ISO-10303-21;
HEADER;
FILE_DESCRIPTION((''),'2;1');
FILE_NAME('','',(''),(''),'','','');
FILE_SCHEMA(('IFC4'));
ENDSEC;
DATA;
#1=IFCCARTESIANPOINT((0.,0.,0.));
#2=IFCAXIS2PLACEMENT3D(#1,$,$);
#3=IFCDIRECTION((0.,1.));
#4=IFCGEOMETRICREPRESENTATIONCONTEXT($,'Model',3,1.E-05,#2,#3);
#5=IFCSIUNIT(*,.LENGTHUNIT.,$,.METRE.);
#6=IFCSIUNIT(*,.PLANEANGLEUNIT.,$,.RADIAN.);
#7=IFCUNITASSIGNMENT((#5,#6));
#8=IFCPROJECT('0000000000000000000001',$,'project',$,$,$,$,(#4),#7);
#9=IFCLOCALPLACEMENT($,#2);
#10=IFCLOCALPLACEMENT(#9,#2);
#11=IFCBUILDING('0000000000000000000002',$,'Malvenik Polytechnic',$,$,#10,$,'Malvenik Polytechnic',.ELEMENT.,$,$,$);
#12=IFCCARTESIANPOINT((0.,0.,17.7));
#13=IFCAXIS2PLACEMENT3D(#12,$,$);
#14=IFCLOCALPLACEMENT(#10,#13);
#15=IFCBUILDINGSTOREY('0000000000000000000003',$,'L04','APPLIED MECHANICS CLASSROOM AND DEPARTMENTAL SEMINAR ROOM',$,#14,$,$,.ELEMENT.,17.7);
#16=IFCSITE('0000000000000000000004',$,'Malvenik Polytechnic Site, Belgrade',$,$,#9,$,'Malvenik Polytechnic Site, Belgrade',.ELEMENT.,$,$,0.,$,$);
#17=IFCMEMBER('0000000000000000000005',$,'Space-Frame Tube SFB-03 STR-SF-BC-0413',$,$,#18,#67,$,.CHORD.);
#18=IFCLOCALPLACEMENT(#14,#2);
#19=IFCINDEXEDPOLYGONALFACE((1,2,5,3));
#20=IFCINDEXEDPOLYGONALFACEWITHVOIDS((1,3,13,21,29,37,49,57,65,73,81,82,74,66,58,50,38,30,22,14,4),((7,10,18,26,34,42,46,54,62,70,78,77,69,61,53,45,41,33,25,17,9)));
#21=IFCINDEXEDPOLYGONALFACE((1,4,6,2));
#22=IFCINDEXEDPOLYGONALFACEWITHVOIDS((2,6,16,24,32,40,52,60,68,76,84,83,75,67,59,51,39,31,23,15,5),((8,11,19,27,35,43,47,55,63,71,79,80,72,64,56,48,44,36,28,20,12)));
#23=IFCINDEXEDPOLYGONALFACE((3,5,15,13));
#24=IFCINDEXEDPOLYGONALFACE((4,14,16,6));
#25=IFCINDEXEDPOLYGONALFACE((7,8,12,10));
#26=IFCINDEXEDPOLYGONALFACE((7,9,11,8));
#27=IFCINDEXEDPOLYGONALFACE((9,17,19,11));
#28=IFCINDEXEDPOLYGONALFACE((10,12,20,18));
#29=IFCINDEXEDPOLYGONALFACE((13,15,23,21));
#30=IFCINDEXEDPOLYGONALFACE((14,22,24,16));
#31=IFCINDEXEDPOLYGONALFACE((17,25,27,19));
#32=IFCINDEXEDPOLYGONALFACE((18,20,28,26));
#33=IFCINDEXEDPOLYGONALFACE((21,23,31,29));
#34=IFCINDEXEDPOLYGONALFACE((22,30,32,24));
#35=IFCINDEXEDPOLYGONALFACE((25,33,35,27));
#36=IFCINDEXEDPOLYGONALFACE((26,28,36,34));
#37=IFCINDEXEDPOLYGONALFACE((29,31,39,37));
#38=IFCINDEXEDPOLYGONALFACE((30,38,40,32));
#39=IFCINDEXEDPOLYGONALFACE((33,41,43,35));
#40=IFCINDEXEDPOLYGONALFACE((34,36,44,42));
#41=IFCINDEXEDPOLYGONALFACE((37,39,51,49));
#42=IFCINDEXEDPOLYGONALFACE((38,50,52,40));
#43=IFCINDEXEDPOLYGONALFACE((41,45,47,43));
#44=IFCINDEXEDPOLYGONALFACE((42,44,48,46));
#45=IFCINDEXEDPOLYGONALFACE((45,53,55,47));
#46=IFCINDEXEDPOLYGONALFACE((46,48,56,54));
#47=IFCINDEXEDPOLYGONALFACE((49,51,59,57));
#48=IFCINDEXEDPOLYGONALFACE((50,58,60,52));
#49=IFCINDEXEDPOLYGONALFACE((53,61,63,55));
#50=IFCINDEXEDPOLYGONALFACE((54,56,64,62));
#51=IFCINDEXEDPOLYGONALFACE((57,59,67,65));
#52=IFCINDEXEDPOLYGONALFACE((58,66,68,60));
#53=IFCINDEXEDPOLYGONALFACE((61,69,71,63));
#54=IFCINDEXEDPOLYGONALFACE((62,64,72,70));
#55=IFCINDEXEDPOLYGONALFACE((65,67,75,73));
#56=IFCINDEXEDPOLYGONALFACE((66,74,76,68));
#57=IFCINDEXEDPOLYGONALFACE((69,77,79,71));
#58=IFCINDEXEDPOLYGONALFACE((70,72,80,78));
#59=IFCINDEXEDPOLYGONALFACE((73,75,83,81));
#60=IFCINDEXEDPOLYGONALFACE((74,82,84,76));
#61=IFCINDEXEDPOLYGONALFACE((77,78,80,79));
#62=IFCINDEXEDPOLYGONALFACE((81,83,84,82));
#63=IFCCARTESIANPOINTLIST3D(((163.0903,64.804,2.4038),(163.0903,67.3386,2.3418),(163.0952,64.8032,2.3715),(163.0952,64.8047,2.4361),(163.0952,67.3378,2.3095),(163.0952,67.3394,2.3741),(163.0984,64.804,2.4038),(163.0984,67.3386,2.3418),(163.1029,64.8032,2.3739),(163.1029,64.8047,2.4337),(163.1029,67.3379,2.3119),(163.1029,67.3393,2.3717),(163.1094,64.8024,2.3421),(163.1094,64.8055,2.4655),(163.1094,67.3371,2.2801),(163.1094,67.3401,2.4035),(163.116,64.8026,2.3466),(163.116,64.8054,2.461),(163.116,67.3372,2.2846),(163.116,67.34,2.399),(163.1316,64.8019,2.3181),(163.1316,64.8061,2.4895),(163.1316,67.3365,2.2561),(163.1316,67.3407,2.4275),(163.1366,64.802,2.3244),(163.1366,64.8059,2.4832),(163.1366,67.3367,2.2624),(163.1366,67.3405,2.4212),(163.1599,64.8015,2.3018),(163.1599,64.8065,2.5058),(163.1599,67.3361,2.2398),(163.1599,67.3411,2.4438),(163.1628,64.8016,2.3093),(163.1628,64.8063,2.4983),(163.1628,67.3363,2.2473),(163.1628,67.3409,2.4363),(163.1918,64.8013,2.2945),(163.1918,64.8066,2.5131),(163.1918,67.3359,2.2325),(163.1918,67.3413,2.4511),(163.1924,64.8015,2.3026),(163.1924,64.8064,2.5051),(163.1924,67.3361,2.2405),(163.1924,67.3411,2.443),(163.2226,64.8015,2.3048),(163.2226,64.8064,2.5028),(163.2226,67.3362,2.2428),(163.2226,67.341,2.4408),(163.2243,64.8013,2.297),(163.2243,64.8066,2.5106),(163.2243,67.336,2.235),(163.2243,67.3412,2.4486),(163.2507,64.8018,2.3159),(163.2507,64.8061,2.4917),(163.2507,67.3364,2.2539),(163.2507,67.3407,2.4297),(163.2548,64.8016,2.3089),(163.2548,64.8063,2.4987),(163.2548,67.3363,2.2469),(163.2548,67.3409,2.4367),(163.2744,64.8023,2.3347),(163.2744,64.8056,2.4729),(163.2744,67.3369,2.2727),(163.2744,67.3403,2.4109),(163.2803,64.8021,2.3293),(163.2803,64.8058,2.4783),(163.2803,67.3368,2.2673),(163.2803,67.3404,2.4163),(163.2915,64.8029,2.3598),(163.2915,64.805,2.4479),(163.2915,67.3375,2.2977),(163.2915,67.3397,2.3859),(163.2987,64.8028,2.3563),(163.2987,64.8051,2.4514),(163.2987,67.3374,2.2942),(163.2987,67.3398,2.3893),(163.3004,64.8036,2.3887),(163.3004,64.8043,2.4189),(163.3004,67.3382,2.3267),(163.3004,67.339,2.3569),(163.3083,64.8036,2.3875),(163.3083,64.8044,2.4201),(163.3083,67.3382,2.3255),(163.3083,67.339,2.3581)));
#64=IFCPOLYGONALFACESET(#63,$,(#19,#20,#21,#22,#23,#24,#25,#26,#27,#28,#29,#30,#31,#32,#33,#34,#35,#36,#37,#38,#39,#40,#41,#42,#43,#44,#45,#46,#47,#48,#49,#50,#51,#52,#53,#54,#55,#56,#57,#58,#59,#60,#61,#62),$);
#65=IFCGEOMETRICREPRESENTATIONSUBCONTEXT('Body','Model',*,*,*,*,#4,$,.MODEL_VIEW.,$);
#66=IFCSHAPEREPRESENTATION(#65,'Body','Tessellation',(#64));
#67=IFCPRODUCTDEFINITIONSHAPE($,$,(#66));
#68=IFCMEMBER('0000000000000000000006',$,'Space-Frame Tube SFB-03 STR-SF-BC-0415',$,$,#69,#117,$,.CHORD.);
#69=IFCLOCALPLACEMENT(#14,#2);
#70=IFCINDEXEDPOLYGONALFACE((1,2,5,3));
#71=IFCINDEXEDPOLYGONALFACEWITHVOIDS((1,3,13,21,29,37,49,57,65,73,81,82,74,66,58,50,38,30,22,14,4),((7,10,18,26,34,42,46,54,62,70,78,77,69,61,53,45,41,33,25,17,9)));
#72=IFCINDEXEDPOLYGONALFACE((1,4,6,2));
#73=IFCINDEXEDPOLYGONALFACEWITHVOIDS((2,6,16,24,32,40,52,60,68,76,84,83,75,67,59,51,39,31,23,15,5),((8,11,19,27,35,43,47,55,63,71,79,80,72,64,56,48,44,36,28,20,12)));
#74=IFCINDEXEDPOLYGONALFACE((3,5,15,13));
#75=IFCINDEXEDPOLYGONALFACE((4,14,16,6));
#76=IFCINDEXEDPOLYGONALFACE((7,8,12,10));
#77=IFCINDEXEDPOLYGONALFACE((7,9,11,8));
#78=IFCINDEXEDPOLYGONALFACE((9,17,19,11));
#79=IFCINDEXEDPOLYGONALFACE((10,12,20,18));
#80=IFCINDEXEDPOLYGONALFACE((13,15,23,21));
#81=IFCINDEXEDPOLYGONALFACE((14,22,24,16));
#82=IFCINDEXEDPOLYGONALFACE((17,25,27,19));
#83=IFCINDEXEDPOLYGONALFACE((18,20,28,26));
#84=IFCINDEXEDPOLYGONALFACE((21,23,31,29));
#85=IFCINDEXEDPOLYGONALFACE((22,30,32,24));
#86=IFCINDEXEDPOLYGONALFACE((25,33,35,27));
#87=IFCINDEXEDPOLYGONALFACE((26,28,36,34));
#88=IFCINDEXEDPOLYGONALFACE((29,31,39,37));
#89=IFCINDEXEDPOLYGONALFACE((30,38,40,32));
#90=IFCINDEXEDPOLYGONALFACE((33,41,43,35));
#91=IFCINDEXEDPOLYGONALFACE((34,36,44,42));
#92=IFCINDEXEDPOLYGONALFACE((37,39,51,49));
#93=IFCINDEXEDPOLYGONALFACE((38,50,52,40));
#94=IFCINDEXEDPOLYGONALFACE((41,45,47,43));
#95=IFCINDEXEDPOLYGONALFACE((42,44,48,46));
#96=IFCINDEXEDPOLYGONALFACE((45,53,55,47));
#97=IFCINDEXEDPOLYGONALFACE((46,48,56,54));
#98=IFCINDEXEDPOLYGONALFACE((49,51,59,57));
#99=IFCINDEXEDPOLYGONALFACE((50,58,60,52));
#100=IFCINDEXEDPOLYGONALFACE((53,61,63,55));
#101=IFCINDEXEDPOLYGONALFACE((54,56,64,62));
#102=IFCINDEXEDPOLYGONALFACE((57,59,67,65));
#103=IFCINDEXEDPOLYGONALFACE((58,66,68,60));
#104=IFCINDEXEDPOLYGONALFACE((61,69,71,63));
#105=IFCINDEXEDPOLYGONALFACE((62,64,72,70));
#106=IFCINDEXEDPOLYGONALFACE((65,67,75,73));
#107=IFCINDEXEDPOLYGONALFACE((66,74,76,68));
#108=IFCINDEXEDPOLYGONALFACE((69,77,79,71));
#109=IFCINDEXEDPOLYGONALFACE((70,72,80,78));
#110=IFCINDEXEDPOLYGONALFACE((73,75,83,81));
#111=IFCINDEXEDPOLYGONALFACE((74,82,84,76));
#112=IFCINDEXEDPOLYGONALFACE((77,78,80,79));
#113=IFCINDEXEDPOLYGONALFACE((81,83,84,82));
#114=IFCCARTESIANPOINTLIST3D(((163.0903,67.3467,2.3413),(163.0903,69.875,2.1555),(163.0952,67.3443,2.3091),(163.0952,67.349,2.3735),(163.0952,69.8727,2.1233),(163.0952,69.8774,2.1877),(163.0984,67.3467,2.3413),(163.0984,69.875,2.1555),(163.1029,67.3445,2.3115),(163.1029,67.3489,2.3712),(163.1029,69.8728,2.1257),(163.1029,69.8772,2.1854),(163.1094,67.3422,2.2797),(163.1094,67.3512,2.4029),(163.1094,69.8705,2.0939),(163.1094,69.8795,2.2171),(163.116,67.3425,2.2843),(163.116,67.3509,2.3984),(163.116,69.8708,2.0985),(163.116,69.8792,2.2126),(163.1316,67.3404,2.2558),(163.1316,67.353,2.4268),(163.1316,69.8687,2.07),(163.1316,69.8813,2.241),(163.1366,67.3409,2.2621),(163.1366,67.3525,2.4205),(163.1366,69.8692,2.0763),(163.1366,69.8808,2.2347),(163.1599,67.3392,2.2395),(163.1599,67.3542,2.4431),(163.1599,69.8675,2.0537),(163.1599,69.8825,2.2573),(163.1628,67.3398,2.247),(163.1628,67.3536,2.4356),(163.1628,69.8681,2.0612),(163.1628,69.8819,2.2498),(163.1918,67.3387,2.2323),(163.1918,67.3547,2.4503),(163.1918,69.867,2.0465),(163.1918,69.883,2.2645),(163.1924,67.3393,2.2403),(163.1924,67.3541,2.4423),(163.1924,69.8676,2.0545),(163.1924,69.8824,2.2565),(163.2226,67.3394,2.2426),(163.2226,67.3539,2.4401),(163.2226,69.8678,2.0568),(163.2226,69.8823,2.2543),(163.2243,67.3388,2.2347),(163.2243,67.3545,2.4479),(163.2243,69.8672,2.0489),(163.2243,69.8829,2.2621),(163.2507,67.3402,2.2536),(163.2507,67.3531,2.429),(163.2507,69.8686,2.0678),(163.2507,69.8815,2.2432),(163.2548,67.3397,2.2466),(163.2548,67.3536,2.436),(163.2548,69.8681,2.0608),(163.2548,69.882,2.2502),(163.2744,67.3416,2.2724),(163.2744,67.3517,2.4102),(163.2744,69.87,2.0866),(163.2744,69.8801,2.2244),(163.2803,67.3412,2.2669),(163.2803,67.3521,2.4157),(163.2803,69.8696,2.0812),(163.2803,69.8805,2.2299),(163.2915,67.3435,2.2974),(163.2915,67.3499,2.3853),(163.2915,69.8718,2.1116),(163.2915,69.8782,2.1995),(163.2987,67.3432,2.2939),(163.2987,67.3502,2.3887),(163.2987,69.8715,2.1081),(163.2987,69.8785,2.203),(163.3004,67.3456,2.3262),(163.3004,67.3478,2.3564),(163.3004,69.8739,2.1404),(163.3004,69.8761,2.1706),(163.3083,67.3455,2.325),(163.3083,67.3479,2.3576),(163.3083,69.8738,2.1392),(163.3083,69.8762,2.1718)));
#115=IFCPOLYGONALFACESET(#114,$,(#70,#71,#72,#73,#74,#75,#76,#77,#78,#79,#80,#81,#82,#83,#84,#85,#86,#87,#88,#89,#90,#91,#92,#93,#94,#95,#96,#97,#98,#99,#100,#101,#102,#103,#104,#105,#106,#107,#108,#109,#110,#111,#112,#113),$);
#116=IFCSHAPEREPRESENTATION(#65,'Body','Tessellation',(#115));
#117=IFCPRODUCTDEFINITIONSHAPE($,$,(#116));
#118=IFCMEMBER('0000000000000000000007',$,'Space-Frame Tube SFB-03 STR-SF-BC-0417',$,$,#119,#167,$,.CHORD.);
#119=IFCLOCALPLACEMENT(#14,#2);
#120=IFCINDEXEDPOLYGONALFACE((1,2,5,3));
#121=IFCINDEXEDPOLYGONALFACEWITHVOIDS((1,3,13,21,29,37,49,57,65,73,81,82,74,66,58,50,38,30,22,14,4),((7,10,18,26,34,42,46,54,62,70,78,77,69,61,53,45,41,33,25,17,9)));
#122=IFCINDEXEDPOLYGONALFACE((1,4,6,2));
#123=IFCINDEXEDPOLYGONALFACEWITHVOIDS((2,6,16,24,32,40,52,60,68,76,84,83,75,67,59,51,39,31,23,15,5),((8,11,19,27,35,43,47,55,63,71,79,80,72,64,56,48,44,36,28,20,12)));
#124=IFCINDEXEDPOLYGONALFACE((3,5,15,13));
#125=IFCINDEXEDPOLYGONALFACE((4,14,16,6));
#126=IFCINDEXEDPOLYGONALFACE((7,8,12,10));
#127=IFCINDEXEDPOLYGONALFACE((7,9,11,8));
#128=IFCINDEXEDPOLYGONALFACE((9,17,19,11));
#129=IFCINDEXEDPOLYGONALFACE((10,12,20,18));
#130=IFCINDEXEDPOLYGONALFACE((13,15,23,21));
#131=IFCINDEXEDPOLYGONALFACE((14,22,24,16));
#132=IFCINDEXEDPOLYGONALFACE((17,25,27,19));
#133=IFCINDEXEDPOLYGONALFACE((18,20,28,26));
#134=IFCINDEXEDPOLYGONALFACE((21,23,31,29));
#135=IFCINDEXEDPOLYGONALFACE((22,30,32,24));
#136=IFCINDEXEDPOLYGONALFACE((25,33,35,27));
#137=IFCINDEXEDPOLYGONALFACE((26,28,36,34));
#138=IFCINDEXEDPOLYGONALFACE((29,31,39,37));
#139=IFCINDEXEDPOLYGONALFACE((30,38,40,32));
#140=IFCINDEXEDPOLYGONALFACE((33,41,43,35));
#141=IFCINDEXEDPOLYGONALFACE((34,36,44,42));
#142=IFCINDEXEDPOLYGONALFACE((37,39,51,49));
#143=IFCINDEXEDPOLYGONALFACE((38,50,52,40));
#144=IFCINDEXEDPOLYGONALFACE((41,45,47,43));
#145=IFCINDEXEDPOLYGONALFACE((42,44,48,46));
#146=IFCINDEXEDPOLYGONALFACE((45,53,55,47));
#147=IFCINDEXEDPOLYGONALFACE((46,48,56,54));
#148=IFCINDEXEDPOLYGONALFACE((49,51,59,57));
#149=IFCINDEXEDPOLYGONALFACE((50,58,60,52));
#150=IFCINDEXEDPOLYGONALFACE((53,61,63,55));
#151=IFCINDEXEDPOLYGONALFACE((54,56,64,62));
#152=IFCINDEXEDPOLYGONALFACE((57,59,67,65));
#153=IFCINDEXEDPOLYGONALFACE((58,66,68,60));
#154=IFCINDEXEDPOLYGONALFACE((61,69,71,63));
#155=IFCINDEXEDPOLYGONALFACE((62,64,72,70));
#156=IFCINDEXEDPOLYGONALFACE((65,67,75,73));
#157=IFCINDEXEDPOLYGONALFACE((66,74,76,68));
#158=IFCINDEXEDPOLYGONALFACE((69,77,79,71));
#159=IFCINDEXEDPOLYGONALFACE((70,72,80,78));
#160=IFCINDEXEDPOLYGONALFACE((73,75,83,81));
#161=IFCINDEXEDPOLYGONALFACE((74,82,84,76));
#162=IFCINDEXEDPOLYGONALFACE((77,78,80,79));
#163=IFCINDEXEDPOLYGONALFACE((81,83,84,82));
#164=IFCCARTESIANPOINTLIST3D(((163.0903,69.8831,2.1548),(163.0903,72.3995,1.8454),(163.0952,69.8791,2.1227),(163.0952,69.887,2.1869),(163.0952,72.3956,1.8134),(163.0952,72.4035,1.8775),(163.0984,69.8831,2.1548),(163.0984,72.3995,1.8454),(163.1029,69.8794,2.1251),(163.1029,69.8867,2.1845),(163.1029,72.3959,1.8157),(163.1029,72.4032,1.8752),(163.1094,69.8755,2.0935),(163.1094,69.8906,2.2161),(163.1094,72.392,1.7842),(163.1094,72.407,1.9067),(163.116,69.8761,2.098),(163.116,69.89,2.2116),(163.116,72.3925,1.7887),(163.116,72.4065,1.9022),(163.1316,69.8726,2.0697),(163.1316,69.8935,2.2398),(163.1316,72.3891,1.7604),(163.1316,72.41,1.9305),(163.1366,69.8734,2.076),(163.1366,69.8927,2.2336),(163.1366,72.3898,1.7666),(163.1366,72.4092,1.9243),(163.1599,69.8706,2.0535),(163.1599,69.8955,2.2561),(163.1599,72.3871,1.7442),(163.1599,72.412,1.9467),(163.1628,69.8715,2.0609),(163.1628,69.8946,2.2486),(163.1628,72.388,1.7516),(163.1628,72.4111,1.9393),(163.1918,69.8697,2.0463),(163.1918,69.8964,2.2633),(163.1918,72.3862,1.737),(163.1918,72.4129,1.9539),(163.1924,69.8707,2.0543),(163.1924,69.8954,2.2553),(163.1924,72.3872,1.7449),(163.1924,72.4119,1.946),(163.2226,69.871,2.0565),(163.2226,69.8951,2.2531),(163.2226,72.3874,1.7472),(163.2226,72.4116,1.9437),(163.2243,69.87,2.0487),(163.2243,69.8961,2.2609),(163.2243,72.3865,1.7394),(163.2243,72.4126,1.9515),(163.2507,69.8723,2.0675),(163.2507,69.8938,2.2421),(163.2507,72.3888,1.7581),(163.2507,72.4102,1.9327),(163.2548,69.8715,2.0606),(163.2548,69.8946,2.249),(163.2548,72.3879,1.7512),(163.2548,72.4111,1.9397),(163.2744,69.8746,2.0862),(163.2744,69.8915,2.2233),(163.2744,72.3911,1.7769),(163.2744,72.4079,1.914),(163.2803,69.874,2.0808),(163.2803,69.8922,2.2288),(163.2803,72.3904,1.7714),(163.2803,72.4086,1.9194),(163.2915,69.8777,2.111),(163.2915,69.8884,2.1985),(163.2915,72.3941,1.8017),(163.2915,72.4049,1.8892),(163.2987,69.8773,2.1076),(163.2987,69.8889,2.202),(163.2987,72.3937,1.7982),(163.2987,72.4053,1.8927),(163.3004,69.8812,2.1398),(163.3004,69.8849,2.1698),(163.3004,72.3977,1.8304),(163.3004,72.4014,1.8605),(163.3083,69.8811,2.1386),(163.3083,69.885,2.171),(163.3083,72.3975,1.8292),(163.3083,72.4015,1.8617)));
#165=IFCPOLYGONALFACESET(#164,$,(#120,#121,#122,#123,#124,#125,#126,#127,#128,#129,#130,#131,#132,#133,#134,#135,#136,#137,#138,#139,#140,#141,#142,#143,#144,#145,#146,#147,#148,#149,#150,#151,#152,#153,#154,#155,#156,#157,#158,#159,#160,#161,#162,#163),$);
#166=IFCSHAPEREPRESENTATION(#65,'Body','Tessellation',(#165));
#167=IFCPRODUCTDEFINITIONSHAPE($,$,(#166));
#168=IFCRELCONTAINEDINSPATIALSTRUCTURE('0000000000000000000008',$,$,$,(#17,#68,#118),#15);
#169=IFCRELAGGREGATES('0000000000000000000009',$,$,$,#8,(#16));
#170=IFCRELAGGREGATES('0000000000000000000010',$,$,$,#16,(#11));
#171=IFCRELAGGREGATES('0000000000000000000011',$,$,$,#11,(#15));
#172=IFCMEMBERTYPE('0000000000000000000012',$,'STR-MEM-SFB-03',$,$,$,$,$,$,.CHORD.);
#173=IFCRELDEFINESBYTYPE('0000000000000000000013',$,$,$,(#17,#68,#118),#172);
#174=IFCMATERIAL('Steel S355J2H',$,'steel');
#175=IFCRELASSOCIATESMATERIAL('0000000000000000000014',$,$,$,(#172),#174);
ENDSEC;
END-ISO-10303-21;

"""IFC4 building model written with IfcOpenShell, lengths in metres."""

from ifc_helpers import new_model, si_unit, direction, frame, origin, origin_2d, place, context, subcontext, project, spatial, hollow_circle, extrude, material, material_profile, profile_set, type_object, element, save


model = new_model("IFC4")

# Units and contexts
model_context = context("Model", 3, precision=1e-05, world=origin(), true_north=direction((0.0, 1.0)))
body_context = subcontext(model_context, "Body", "Model", "MODEL_VIEW")
ifc_project = project(units=[si_unit("LENGTHUNIT", "METRE"), si_unit("PLANEANGLEUNIT", "RADIAN")], contexts=[model_context])

# Site, building, storey
site_placement = place(None, origin())
site = spatial("IfcSite", under=ifc_project, at=site_placement, Name="Malvenik Polytechnic Site, Belgrade", LongName="Malvenik Polytechnic Site, Belgrade", CompositionType="ELEMENT", RefElevation=0.0)
building_placement = place(site_placement, origin())
building = spatial("IfcBuilding", under=site, at=building_placement, Name="Malvenik Polytechnic", LongName="Malvenik Polytechnic", CompositionType="ELEMENT")
storey_placement = place(building_placement, frame((0.0, 0.0, 17.7)))
storey = spatial("IfcBuildingStorey", under=building, at=storey_placement, Name="L04", Description="APPLIED MECHANICS CLASSROOM AND DEPARTMENTAL SEMINAR ROOM", CompositionType="ELEMENT", Elevation=17.7)

# Members
ifc_material_1 = material(Name="Steel S355J2H", Category="steel")
ifc_material_profile_1 = material_profile(ifc_material_1, hollow_circle(Radius=0.1096, WallThickness=0.0081, at=origin_2d()), Name="CHS 219.1x8.0")
ifc_profile_set_1 = profile_set([ifc_material_profile_1], Name="Steel S355J2H")
member_type_1 = type_object("IfcMemberType", Name="STR-MEM-SFB-03", PredefinedType="CHORD", material=ifc_profile_set_1)
member_1_placement = place(storey_placement, frame((163.2, 64.804, 2.4038), z_axis=(0.0, 0.999701, -0.024458), x_axis=(-1.0, 0.0, 0.0)))
element("IfcMember", 1, at=member_1_placement, inside=storey, type_object=member_type_1, Name="Space-Frame Tube SFB-03 STR-SF-BC-0413", PredefinedType="CHORD", context=body_context, shape_type="SweptSolid", body=[
    extrude(hollow_circle(Radius=0.1096, WallThickness=0.0081, at=origin_2d()), origin(), (0.0, 0.0, 1.0), 2.5354),
])
member_2_placement = place(storey_placement, frame((163.2, 67.3467, 2.3413), z_axis=(0.0, 0.997311, -0.073286), x_axis=(-1.0, 0.0, 0.0)))
element("IfcMember", 2, at=member_2_placement, inside=storey, type_object=member_type_1, Name="Space-Frame Tube SFB-03 STR-SF-BC-0415", PredefinedType="CHORD", context=body_context, shape_type="SweptSolid", body=[
    extrude(hollow_circle(Radius=0.1096, WallThickness=0.0081, at=origin_2d()), origin(), (0.0, 0.0, 1.0), 2.5352),
])
for number, where, z_axis, x_axis, name in (
    (3, (163.2, 69.8831, 2.1548), (0.0, 0.992529, -0.122008), (-1.0, 0.0, 0.0), "Space-Frame Tube SFB-03 STR-SF-BC-0417"),
):
    element("IfcMember", number, at=place(storey_placement, frame(where, z_axis=z_axis, x_axis=x_axis)), inside=storey, type_object=member_type_1, Name=name, PredefinedType="CHORD", context=body_context, shape_type="SweptSolid", body=[
        extrude(hollow_circle(Radius=0.1096, WallThickness=0.0081, at=origin_2d()), origin(), (0.0, 0.0, 1.0), 2.5354),
    ])

save(model, "model.ifc")
